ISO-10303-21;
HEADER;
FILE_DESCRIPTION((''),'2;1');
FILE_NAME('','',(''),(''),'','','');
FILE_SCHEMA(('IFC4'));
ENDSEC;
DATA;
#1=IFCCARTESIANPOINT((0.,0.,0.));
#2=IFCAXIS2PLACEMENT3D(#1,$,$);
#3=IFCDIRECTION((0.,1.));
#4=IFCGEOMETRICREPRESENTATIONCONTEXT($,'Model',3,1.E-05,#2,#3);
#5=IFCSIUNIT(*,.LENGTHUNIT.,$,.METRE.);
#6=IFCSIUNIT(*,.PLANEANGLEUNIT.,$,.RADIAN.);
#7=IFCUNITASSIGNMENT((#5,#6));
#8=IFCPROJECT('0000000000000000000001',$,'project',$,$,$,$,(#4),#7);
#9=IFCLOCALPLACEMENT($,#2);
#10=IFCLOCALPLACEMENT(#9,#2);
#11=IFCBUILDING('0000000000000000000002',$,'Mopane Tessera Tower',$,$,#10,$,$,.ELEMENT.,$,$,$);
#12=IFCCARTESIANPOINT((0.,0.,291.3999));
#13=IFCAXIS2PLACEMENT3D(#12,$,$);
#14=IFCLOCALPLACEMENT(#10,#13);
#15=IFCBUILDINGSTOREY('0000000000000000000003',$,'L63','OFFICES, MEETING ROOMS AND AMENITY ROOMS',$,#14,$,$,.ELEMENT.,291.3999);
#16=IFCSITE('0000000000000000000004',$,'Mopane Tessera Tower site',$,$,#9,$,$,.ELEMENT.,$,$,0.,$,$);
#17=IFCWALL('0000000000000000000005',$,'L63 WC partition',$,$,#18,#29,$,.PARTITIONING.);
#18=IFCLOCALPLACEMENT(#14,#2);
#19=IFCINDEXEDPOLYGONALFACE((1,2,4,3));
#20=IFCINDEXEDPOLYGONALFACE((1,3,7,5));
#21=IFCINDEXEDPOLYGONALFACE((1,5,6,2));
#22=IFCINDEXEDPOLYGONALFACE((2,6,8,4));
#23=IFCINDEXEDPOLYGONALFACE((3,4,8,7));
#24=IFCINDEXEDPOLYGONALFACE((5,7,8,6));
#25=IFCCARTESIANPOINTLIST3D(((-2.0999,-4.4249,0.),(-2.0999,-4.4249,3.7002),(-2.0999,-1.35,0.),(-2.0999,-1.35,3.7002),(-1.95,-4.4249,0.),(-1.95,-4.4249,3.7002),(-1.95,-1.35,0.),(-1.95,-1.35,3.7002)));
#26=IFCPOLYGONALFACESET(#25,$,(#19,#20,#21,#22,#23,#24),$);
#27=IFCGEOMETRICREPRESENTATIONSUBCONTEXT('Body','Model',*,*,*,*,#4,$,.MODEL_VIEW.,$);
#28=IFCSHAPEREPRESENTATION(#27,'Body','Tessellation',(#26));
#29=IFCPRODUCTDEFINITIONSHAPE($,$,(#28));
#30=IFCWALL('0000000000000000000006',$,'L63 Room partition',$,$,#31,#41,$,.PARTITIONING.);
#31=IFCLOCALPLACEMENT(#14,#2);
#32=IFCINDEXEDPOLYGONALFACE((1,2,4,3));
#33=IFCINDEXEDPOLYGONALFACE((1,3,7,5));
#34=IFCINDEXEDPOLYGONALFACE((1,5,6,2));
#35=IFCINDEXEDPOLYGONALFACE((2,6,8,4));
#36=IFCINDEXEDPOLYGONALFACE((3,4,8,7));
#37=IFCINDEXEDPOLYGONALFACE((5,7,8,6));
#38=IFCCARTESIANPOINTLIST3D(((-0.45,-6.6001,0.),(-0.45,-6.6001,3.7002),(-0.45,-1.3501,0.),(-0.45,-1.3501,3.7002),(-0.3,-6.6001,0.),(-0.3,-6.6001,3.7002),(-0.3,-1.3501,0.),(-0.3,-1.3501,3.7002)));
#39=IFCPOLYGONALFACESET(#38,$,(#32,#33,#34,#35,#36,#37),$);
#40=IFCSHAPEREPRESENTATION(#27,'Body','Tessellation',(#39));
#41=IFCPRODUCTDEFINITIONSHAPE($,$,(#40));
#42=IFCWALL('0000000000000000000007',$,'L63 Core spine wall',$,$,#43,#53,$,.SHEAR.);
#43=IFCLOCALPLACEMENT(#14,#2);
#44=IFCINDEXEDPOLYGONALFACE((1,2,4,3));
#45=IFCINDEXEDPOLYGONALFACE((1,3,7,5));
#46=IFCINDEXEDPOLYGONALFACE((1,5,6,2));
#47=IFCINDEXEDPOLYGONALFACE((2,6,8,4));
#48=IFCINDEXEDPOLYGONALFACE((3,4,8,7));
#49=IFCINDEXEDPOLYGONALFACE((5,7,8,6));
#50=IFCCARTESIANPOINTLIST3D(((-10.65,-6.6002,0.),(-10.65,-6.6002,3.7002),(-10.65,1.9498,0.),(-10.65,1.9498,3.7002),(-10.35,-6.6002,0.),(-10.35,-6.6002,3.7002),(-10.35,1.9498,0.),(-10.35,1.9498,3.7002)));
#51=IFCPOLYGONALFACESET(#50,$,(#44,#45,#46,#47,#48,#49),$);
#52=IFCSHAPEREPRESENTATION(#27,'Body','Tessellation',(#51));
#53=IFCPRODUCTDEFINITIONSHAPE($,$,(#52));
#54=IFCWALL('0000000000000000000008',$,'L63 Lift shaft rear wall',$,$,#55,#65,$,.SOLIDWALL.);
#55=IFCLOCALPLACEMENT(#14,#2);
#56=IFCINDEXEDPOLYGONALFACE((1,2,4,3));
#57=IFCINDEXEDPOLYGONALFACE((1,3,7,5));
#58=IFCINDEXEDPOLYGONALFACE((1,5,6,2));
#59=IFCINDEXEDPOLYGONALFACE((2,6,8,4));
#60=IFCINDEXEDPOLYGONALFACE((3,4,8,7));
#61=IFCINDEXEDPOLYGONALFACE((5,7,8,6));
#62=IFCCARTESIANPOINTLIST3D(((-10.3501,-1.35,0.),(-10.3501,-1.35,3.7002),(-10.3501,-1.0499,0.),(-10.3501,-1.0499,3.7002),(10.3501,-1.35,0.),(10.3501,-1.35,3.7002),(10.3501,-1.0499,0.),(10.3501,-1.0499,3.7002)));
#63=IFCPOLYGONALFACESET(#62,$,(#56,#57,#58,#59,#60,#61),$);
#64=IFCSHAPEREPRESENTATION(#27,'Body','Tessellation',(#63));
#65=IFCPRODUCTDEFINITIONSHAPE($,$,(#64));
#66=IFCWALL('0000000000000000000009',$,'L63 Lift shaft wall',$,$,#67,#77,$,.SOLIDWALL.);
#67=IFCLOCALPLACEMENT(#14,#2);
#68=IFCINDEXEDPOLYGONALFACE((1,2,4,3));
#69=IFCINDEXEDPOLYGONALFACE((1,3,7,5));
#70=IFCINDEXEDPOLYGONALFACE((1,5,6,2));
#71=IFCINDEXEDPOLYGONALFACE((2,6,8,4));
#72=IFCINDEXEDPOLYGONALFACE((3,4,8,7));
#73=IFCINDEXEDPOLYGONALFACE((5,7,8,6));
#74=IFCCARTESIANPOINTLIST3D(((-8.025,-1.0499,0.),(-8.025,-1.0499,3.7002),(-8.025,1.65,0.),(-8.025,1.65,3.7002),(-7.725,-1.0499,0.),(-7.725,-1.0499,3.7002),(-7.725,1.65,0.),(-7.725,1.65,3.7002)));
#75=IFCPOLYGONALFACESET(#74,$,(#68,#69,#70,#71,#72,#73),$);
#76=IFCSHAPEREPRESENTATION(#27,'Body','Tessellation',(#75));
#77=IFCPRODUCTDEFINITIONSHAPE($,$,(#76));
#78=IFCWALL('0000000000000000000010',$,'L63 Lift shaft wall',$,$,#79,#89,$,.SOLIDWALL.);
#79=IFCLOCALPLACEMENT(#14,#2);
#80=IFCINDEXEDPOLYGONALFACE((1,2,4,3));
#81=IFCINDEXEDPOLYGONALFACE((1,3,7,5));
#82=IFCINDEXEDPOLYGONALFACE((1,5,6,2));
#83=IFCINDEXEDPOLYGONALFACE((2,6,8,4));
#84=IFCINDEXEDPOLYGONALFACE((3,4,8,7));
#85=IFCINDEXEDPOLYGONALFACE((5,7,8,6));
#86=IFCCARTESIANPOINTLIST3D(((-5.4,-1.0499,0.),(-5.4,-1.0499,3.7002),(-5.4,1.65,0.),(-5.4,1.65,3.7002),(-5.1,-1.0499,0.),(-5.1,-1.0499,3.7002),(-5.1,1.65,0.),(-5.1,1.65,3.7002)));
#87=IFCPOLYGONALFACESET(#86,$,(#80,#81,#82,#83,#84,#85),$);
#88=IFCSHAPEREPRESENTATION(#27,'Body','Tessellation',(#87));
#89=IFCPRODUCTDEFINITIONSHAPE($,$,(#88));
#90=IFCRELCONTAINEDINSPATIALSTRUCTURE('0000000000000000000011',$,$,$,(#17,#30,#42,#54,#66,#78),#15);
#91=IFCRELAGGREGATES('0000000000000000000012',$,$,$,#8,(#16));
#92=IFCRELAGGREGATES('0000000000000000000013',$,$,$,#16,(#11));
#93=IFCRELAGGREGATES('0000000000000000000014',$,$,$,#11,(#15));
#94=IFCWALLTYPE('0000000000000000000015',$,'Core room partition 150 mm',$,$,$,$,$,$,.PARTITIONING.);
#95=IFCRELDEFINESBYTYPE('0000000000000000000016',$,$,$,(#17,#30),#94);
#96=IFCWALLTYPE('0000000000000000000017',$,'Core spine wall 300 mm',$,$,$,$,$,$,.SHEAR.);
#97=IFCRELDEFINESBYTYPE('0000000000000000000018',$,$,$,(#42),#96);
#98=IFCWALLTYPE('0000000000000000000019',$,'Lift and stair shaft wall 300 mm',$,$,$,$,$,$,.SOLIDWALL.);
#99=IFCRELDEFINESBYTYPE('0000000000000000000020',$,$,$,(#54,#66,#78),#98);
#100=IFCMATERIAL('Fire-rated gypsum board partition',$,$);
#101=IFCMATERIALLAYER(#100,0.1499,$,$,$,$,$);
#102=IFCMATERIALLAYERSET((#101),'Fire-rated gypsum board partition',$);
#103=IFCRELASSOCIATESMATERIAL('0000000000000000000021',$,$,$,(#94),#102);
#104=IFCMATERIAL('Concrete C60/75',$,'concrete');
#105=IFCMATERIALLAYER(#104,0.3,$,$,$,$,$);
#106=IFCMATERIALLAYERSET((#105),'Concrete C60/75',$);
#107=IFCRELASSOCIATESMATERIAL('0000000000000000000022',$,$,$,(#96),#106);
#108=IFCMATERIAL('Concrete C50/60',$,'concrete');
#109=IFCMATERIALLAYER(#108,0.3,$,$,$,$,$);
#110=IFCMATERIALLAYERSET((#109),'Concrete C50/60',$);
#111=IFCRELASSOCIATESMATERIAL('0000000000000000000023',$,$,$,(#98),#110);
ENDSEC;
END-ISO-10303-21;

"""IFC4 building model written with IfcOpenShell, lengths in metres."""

from ifc_helpers import new_model, si_unit, direction, frame, frame_2d, origin, place, context, subcontext, project, spatial, rectangle, extrude, material, layer, layer_set, type_object, element, save


model = new_model("IFC4")

# Units and contexts
model_context = context("Model", 3, precision=1e-05, world=origin(), true_north=direction((0.0, 1.0)))
body_context = subcontext(model_context, "Body", "Model", "MODEL_VIEW")
ifc_project = project(units=[si_unit("LENGTHUNIT", "METRE"), si_unit("PLANEANGLEUNIT", "RADIAN")], contexts=[model_context])

# Site, building, storey
site_placement = place(None, origin())
site = spatial("IfcSite", under=ifc_project, at=site_placement, Name="Mopane Tessera Tower site", CompositionType="ELEMENT", RefElevation=0.0)
building_placement = place(site_placement, origin())
building = spatial("IfcBuilding", under=site, at=building_placement, Name="Mopane Tessera Tower", CompositionType="ELEMENT")
storey_placement = place(building_placement, frame((0.0, 0.0, 291.3999)))
storey = spatial("IfcBuildingStorey", under=building, at=storey_placement, Name="L63", Description="OFFICES, MEETING ROOMS AND AMENITY ROOMS", CompositionType="ELEMENT", Elevation=291.3999)

# Shared definitions
ifc_material_1 = material(Name="Fire-rated gypsum board partition")
ifc_layer_1 = layer(ifc_material_1, 0.1499)
ifc_layer_set_1 = layer_set([ifc_layer_1], Name="Fire-rated gypsum board partition")
wall_type_1 = type_object("IfcWallType", Name="Core room partition 150 mm", PredefinedType="PARTITIONING", material=ifc_layer_set_1)

# Walls
for number, where, z_axis, x_axis, name in (
    (1, (-2.0249, -4.425, 0.0), (0.0, 0.0, 1.0), (0.0, 1.0, 0.0), "L63 WC partition"),
):
    element("IfcWall", number, at=place(storey_placement, frame(where, z_axis=z_axis, x_axis=x_axis)), inside=storey, type_object=wall_type_1, Name=name, PredefinedType="PARTITIONING", context=body_context, shape_type="SweptSolid", body=[
        extrude(rectangle(XDim=3.075, YDim=0.1499, at=frame_2d((1.5376, 0.0))), origin(), (0.0, 0.0, 1.0), 3.7002),
    ])
wall_1_placement = place(storey_placement, frame((-0.375, -6.6001, 0.0), z_axis=(0.0, 0.0, 1.0), x_axis=(0.0, 1.0, 0.0)))
element("IfcWall", 2, at=wall_1_placement, inside=storey, type_object=wall_type_1, Name="L63 Room partition", PredefinedType="PARTITIONING", context=body_context, shape_type="SweptSolid", body=[
    extrude(rectangle(XDim=5.25, YDim=0.1499, at=frame_2d((2.625, 0.0))), origin(), (0.0, 0.0, 1.0), 3.7002),
])
ifc_material_2 = material(Name="Concrete C60/75", Category="concrete")
ifc_layer_2 = layer(ifc_material_2, 0.3)
ifc_layer_set_2 = layer_set([ifc_layer_2], Name="Concrete C60/75")
wall_type_2 = type_object("IfcWallType", Name="Core spine wall 300 mm", PredefinedType="SHEAR", material=ifc_layer_set_2)
wall_2_placement = place(storey_placement, frame((-10.5, -6.6001, 0.0), z_axis=(0.0, 0.0, 1.0), x_axis=(0.0, 1.0, 0.0)))
element("IfcWall", 3, at=wall_2_placement, inside=storey, type_object=wall_type_2, Name="L63 Core spine wall", PredefinedType="SHEAR", context=body_context, shape_type="SweptSolid", body=[
    extrude(rectangle(XDim=8.55, YDim=0.3, at=frame_2d((4.2749, 0.0))), origin(), (0.0, 0.0, 1.0), 3.7002),
])
ifc_material_3 = material(Name="Concrete C50/60", Category="concrete")
ifc_layer_3 = layer(ifc_material_3, 0.3)
ifc_layer_set_3 = layer_set([ifc_layer_3], Name="Concrete C50/60")
wall_type_3 = type_object("IfcWallType", Name="Lift and stair shaft wall 300 mm", PredefinedType="SOLIDWALL", material=ifc_layer_set_3)
wall_3_placement = place(storey_placement, frame((-10.3501, -1.2, 0.0), z_axis=(0.0, 0.0, 1.0), x_axis=(1.0, 0.0, 0.0)))
element("IfcWall", 4, at=wall_3_placement, inside=storey, type_object=wall_type_3, Name="L63 Lift shaft rear wall", PredefinedType="SOLIDWALL", context=body_context, shape_type="SweptSolid", body=[
    extrude(rectangle(XDim=20.7002, YDim=0.3, at=frame_2d((10.3501, 0.0))), origin(), (0.0, 0.0, 1.0), 3.7002),
])
for number, where, z_axis, x_axis, name in (
    (5, (-7.875, -1.05, 0.0), (0.0, 0.0, 1.0), (0.0, 1.0, 0.0), "L63 Lift shaft wall"),
    (6, (-5.25, -1.05, 0.0), (0.0, 0.0, 1.0), (0.0, 1.0, 0.0), "L63 Lift shaft wall"),
):
    element("IfcWall", number, at=place(storey_placement, frame(where, z_axis=z_axis, x_axis=x_axis)), inside=storey, type_object=wall_type_3, Name=name, PredefinedType="SOLIDWALL", context=body_context, shape_type="SweptSolid", body=[
        extrude(rectangle(XDim=2.7, YDim=0.3, at=frame_2d((1.3501, 0.0))), origin(), (0.0, 0.0, 1.0), 3.7002),
    ])

save(model, "model.ifc")
